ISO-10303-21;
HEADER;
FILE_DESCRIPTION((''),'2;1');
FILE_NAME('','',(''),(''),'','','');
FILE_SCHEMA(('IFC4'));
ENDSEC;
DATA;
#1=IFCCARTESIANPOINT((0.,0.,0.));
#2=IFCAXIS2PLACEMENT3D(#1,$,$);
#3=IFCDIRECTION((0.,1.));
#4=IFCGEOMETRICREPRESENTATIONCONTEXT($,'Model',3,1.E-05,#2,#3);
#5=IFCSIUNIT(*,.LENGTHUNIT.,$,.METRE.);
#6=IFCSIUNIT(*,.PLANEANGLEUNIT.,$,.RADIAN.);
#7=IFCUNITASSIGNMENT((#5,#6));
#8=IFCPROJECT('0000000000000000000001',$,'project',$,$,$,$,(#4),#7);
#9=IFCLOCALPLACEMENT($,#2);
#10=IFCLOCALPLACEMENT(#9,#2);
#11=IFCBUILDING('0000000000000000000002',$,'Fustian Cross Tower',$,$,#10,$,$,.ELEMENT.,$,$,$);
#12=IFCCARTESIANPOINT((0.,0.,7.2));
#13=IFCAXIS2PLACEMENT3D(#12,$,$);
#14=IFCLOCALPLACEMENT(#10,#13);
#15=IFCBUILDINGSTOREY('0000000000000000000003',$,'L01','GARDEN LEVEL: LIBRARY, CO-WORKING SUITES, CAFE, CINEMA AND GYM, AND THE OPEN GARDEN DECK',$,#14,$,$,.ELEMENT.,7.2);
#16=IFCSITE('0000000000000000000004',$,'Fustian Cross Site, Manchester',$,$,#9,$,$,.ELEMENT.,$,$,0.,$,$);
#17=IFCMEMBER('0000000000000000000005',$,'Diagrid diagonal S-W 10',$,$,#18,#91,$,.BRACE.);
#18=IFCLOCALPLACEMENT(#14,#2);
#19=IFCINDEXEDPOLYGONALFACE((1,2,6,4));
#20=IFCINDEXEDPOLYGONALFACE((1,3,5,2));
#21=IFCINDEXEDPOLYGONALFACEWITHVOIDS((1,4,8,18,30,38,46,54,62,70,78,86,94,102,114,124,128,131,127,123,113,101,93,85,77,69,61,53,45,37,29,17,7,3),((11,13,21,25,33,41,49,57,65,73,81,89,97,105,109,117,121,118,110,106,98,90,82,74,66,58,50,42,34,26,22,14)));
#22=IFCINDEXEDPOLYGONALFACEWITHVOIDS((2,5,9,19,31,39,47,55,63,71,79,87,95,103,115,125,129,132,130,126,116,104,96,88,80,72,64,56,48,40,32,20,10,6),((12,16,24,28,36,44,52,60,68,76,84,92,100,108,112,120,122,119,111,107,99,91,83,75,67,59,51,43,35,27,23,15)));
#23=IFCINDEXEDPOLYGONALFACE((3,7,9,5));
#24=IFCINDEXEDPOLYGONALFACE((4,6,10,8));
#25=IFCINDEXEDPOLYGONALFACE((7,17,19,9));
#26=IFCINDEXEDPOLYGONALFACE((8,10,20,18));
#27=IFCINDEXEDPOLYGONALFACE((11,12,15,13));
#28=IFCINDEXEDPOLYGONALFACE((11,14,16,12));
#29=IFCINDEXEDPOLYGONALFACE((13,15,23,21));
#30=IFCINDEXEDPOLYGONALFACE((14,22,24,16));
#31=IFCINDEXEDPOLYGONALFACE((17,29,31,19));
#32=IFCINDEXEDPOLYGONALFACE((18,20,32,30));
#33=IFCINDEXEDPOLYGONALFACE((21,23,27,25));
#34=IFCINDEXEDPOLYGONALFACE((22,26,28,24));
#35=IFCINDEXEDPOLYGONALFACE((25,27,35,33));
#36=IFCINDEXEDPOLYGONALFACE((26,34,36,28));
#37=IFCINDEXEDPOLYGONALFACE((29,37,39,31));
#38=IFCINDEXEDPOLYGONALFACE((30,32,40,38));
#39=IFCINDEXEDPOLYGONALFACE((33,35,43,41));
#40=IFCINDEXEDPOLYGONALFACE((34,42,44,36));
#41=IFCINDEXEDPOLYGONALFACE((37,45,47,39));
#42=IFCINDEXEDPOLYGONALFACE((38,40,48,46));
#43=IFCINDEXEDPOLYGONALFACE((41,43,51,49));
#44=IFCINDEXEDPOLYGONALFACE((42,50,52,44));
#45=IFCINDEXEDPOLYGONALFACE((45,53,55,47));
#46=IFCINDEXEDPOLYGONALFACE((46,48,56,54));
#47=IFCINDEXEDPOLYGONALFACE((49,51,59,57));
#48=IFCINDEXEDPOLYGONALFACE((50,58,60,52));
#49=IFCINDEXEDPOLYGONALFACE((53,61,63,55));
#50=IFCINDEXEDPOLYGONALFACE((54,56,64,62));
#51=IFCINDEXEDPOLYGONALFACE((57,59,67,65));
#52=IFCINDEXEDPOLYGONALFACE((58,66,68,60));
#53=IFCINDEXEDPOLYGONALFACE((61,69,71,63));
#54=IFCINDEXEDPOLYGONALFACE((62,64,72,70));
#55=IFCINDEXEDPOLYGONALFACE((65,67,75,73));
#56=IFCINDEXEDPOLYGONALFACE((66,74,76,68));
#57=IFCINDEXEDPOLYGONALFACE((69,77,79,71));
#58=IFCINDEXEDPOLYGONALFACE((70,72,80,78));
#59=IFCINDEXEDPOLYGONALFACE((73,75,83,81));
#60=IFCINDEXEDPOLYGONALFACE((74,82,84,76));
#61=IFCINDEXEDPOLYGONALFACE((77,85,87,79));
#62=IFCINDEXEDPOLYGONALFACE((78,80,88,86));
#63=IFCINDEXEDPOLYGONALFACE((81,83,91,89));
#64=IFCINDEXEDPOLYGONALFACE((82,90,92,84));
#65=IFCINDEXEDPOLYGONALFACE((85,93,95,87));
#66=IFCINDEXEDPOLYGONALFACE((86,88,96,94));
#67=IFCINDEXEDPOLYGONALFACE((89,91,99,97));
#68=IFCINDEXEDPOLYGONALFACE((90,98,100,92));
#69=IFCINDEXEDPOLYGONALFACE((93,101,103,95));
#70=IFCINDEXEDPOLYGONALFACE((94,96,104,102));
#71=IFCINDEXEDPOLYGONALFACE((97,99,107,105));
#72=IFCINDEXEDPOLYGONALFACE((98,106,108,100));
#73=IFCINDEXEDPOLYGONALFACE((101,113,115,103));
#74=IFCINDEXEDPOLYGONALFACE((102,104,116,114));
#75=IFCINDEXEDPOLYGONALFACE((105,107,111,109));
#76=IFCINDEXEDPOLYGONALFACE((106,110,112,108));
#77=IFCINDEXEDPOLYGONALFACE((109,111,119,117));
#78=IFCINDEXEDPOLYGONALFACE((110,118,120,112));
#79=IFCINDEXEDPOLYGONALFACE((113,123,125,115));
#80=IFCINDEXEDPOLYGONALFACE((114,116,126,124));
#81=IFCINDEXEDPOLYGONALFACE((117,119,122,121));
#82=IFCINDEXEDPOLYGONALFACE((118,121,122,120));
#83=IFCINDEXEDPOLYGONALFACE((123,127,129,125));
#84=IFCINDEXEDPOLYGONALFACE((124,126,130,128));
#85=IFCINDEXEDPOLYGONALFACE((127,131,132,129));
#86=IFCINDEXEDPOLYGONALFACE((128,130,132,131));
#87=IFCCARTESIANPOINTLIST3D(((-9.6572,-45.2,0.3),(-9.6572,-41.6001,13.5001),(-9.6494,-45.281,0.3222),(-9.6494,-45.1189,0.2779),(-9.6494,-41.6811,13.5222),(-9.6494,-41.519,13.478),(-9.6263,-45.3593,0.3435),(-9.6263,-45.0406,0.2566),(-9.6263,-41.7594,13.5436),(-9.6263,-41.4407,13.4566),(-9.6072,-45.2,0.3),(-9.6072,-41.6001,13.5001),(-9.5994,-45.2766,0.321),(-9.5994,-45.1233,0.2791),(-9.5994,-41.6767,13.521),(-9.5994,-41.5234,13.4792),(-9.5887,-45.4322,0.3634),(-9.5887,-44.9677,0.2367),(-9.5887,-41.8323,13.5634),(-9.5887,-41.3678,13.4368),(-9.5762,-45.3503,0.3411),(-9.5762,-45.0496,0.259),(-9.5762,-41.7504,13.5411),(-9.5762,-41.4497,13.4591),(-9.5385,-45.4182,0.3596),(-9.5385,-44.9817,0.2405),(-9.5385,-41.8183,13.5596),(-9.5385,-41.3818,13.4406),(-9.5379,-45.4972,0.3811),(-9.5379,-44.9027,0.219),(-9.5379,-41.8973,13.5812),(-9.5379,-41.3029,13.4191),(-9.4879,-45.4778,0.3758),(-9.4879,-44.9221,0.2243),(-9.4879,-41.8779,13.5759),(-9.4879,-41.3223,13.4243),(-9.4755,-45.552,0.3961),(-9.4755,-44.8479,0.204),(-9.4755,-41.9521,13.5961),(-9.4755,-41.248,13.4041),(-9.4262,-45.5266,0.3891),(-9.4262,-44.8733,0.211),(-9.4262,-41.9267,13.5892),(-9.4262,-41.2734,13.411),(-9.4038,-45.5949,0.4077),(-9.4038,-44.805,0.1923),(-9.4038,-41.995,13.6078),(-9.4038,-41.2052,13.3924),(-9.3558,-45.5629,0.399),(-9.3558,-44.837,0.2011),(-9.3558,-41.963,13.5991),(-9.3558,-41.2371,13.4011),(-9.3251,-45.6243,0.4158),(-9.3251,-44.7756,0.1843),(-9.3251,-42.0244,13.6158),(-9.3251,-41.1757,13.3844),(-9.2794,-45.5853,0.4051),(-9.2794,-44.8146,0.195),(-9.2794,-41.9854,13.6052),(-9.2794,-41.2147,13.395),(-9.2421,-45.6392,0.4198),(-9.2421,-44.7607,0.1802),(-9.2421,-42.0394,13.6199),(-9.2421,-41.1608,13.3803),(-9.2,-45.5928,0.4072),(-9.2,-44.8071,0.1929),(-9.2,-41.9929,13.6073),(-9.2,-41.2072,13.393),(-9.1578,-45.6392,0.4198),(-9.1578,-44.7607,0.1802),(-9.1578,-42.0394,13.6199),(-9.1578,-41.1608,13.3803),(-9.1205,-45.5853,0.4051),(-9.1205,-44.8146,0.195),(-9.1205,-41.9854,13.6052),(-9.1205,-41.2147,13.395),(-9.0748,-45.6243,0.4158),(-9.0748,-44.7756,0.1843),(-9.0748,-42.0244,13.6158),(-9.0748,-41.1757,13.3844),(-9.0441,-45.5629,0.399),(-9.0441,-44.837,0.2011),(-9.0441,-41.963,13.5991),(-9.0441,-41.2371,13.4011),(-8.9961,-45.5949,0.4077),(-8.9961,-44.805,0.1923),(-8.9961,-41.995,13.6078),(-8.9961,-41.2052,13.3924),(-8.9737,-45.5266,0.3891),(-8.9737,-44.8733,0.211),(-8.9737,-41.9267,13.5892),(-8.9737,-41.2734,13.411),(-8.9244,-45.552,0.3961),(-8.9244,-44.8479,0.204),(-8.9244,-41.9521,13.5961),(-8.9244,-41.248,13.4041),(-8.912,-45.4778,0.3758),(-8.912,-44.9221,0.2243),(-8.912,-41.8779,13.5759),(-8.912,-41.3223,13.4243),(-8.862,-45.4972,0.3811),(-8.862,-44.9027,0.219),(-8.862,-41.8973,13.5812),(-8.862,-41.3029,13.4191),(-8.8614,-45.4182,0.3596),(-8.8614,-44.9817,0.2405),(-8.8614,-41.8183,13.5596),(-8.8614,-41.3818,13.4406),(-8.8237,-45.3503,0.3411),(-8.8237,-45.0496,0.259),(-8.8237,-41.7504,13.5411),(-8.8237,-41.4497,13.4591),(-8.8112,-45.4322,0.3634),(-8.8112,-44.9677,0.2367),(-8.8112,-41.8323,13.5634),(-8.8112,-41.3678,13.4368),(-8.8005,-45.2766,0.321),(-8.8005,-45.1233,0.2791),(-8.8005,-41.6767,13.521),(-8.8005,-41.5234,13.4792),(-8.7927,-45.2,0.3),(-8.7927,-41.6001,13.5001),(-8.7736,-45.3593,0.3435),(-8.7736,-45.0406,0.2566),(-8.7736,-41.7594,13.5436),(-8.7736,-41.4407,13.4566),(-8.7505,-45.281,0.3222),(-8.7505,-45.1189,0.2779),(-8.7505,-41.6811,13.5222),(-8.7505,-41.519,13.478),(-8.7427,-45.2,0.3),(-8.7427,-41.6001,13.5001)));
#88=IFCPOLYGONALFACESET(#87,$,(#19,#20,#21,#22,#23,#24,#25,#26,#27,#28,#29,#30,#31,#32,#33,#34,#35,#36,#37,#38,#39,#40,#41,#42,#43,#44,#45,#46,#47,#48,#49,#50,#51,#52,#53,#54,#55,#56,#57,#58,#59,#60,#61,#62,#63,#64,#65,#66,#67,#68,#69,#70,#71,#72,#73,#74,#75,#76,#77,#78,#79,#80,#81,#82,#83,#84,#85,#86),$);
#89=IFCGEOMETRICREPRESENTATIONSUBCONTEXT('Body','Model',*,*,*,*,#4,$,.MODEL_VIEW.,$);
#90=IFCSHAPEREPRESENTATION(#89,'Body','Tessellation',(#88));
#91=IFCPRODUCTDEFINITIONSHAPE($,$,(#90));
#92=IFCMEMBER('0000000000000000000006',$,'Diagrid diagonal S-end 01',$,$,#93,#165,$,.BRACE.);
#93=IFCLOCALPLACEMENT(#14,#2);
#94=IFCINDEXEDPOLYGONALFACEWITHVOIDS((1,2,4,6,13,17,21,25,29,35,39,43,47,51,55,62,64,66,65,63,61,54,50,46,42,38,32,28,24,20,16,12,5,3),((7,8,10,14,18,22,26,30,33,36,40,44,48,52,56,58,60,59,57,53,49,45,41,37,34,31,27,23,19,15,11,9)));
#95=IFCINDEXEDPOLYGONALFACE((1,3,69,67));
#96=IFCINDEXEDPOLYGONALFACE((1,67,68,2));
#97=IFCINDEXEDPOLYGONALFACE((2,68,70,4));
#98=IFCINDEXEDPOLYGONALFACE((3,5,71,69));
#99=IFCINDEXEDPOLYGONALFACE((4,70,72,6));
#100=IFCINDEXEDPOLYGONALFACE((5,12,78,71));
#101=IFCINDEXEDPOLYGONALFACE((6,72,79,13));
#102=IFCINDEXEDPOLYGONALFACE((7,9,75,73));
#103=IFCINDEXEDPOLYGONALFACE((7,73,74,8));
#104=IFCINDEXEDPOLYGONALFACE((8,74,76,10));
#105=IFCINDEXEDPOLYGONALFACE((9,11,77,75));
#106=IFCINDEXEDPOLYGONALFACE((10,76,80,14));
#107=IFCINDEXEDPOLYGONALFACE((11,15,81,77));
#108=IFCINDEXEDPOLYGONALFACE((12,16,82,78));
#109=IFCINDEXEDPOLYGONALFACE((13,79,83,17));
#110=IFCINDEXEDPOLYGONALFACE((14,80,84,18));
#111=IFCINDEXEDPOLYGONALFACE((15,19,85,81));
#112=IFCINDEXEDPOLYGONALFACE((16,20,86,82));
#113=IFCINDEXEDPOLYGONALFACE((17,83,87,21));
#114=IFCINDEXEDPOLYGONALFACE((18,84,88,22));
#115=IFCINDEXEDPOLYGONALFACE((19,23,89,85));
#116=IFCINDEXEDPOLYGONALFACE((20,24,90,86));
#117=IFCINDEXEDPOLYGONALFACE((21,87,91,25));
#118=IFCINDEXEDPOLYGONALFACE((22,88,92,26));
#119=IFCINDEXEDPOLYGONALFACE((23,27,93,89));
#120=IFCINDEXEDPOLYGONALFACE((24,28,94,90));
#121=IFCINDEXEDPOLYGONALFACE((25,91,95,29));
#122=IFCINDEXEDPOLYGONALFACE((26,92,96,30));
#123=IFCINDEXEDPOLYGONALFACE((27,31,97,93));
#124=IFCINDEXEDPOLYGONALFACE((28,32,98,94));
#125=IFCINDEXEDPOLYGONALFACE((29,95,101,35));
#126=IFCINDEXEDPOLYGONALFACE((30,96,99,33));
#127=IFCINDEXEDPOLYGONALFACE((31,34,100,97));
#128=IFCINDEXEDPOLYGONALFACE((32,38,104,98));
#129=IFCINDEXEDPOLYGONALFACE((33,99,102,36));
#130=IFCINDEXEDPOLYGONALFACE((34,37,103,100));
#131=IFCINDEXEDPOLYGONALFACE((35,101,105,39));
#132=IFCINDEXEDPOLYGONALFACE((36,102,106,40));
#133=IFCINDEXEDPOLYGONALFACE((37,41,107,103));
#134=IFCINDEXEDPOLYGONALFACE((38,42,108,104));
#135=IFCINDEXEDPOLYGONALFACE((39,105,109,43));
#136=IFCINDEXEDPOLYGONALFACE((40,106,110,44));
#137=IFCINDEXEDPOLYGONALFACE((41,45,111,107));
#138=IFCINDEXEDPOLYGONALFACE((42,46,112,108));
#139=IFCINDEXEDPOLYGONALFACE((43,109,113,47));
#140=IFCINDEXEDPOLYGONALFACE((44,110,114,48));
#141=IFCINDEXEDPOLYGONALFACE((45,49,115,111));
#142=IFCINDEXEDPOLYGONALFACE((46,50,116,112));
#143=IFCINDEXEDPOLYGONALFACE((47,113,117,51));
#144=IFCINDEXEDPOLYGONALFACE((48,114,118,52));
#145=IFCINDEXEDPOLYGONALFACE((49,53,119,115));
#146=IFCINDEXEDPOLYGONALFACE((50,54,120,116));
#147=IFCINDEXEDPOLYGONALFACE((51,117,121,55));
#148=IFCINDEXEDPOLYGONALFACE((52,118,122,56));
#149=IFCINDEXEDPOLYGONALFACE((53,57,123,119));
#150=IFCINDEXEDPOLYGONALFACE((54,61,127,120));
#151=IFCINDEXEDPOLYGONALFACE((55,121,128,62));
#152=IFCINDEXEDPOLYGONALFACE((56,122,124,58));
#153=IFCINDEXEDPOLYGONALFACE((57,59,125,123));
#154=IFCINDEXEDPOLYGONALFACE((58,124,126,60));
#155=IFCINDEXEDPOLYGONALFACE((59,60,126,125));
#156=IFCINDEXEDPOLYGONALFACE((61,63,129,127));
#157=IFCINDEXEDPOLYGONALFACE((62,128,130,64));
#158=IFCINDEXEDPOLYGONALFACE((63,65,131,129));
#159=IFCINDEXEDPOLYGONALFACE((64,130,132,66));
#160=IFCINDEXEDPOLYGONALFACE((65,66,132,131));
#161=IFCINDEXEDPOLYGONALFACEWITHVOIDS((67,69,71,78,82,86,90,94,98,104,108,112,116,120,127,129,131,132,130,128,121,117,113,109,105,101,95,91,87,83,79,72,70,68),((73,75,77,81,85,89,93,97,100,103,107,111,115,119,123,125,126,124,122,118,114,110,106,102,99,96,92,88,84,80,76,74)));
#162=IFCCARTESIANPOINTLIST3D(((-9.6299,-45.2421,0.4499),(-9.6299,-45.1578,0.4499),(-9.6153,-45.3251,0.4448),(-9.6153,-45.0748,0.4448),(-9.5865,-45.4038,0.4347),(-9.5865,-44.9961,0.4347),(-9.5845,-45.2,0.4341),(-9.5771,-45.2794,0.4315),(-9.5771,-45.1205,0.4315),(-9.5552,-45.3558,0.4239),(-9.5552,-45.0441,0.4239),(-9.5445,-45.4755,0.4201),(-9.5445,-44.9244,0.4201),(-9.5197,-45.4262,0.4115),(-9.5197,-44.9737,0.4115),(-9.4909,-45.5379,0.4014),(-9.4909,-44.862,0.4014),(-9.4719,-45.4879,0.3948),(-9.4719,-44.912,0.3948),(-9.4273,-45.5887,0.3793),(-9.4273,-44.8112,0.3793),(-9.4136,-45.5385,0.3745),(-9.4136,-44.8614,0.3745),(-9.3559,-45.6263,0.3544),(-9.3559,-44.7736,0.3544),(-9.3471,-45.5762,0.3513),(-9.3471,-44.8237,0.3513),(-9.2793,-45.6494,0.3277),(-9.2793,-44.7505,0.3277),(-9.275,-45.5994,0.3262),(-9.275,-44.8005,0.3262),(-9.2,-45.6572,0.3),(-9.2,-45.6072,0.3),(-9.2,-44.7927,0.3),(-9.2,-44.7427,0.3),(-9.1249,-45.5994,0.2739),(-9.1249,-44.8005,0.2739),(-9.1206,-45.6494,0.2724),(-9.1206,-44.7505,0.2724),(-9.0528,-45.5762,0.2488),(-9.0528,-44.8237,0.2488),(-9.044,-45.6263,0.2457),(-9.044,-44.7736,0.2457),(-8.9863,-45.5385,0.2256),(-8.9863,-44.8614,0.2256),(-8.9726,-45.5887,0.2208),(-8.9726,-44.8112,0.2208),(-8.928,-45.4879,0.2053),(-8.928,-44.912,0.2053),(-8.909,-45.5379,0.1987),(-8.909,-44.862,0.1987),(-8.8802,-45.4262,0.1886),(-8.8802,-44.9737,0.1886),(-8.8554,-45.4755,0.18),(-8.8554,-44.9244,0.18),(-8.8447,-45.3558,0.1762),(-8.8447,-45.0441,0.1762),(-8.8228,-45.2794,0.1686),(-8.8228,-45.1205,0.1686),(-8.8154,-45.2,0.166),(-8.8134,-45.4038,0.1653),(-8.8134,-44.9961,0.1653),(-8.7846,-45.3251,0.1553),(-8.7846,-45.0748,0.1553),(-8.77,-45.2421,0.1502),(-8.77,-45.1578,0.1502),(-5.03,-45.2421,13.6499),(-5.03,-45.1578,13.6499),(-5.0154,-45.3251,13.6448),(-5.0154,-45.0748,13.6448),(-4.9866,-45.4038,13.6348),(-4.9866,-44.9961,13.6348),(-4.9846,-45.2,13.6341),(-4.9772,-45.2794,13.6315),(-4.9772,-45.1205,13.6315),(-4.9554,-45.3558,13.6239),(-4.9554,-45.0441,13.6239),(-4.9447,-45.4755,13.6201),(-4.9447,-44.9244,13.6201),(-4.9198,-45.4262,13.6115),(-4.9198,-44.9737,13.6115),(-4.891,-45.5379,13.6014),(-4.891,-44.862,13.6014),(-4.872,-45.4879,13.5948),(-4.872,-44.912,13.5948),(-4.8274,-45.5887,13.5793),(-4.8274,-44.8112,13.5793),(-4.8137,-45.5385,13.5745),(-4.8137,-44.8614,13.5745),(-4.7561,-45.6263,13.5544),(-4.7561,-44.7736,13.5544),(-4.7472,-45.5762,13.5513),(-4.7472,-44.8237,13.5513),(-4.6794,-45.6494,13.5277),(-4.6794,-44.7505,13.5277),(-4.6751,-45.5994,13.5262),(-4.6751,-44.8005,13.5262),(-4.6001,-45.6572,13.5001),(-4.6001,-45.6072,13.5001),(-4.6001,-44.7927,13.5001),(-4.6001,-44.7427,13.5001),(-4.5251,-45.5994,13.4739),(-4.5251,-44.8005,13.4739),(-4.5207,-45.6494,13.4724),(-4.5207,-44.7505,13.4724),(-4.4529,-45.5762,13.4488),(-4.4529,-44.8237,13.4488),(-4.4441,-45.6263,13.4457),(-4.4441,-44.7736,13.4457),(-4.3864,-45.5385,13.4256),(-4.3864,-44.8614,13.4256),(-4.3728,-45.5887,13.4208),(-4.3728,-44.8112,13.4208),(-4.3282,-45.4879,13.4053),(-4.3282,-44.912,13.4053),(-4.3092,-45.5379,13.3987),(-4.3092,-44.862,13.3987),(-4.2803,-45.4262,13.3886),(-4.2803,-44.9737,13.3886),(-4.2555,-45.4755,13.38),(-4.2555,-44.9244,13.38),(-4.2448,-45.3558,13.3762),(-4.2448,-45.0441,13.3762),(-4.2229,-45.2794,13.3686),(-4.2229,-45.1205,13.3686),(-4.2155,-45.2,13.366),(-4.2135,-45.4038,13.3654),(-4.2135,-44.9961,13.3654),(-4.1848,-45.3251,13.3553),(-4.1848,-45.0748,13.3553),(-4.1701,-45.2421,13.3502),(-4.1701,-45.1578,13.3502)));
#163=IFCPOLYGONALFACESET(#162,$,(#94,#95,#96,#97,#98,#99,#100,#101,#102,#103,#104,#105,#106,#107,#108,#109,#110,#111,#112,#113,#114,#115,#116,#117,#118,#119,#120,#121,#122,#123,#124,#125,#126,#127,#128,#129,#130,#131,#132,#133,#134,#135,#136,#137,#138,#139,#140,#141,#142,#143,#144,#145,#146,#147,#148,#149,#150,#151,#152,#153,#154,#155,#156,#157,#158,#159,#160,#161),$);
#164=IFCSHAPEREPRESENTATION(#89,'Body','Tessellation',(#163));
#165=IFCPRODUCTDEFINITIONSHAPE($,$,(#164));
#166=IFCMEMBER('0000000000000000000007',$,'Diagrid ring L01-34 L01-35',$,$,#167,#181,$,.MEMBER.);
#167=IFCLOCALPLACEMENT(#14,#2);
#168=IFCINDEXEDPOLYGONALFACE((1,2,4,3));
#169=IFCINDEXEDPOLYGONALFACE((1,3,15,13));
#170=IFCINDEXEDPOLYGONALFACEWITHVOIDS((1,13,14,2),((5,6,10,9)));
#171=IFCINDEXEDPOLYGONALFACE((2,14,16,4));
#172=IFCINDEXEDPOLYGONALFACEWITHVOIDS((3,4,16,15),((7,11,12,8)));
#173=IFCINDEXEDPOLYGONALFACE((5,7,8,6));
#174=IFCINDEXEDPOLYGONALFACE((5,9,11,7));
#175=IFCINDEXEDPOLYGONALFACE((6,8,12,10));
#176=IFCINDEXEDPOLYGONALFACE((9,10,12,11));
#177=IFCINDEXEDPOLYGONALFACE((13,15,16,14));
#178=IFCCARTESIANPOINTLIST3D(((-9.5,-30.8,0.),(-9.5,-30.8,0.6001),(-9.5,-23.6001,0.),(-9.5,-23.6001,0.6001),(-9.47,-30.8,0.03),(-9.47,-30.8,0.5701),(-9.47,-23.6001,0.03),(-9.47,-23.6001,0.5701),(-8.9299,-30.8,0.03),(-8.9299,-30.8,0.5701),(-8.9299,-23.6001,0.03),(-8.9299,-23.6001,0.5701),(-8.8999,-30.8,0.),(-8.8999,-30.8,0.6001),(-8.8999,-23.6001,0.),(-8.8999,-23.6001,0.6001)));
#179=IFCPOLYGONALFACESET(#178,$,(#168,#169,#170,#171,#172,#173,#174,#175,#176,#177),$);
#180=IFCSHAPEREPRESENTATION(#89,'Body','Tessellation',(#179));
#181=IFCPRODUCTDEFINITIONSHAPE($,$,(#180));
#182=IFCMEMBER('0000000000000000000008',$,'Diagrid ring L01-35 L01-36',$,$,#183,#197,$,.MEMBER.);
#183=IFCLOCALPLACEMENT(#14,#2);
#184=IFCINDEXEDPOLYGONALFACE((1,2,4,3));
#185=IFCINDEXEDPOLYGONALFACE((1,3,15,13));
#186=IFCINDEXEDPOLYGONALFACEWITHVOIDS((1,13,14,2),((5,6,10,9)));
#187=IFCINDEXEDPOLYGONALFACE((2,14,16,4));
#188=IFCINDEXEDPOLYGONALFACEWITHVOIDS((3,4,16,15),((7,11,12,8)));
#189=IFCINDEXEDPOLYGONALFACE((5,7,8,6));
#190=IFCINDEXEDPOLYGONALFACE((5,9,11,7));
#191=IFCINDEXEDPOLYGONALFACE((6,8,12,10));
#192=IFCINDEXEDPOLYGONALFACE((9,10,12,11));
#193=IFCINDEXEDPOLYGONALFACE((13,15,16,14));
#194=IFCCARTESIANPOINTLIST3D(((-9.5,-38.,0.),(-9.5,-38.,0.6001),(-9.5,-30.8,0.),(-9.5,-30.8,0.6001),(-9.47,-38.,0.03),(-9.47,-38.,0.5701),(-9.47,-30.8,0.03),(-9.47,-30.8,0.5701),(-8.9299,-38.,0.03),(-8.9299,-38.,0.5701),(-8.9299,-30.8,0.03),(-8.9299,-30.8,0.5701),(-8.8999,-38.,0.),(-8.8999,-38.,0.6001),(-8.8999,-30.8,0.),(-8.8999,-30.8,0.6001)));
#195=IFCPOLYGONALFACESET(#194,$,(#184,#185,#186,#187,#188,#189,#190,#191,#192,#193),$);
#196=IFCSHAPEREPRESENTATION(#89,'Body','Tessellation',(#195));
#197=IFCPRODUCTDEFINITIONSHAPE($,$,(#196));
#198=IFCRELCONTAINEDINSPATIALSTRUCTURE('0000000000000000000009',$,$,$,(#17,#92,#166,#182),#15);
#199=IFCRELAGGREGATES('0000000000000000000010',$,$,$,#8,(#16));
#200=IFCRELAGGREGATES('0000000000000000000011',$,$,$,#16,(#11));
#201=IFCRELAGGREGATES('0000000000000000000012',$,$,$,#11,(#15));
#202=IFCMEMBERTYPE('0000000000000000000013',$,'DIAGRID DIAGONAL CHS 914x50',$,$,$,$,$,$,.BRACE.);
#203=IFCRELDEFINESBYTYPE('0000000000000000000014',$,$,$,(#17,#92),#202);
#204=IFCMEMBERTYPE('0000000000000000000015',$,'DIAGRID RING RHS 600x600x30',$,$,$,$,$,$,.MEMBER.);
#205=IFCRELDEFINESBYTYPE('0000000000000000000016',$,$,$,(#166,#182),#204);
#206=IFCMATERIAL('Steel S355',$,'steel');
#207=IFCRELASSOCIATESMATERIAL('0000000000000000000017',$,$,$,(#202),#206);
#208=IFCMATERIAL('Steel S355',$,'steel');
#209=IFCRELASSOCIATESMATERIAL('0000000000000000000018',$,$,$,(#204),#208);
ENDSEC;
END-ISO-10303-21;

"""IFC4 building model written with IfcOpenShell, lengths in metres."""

from ifc_helpers import new_model, si_unit, direction, frame, origin, origin_2d, place, context, subcontext, project, spatial, hollow_rectangle, hollow_circle, extrude, material, material_profile, profile_set, type_object, element, save


model = new_model("IFC4")

# Units and contexts
model_context = context("Model", 3, precision=1e-05, world=origin(), true_north=direction((0.0, 1.0)))
body_context = subcontext(model_context, "Body", "Model", "MODEL_VIEW")
ifc_project = project(units=[si_unit("LENGTHUNIT", "METRE"), si_unit("PLANEANGLEUNIT", "RADIAN")], contexts=[model_context])

# Site, building, storey
site_placement = place(None, origin())
site = spatial("IfcSite", under=ifc_project, at=site_placement, Name="Fustian Cross Site, Manchester", CompositionType="ELEMENT", RefElevation=0.0)
building_placement = place(site_placement, origin())
building = spatial("IfcBuilding", under=site, at=building_placement, Name="Fustian Cross Tower", CompositionType="ELEMENT")
storey_placement = place(building_placement, frame((0.0, 0.0, 7.2)))
storey = spatial("IfcBuildingStorey", under=building, at=storey_placement, Name="L01", Description="GARDEN LEVEL: LIBRARY, CO-WORKING SUITES, CAFE, CINEMA AND GYM, AND THE OPEN GARDEN DECK", CompositionType="ELEMENT", Elevation=7.2)

# Members
ifc_material_1 = material(Name="Steel S355", Category="steel")
ifc_material_profile_1 = material_profile(ifc_material_1, hollow_circle(Radius=0.4573, WallThickness=0.05, at=origin_2d()), Name="CHS 914x50")
ifc_profile_set_1 = profile_set([ifc_material_profile_1], Name="Steel S355")
member_type_1 = type_object("IfcMemberType", Name="DIAGRID DIAGONAL CHS 914x50", PredefinedType="BRACE", material=ifc_profile_set_1)
member_1_placement = place(storey_placement, frame((-9.2, -45.2, 0.3), z_axis=(0.0, 0.263108, 0.964766), x_axis=(-1.0, 0.0, 0.0)))
element("IfcMember", 1, at=member_1_placement, inside=storey, type_object=member_type_1, Name="Diagrid diagonal S-W 10", PredefinedType="BRACE", context=body_context, shape_type="SweptSolid", body=[
    extrude(hollow_circle(Radius=0.4573, WallThickness=0.05, at=origin_2d()), origin(), (0.0, 0.0, 1.0), 13.6821),
])
member_2_placement = place(storey_placement, frame((-9.2, -45.2, 0.3), z_axis=(0.329067, 0.0, 0.944306), x_axis=(0.0, 1.0, 0.0)))
element("IfcMember", 2, at=member_2_placement, inside=storey, type_object=member_type_1, Name="Diagrid diagonal S-end 01", PredefinedType="BRACE", context=body_context, shape_type="SweptSolid", body=[
    extrude(hollow_circle(Radius=0.4573, WallThickness=0.05, at=origin_2d()), origin(), (0.0, 0.0, 1.0), 13.9785),
])
ifc_material_2 = material(Name="Steel S355", Category="steel")
ifc_material_profile_2 = material_profile(ifc_material_2, hollow_rectangle(XDim=0.6001, YDim=0.6001, WallThickness=0.03, at=origin_2d()), Name="RHS 600x600x30")
ifc_profile_set_2 = profile_set([ifc_material_profile_2], Name="Steel S355")
member_type_2 = type_object("IfcMemberType", Name="DIAGRID RING RHS 600x600x30", PredefinedType="MEMBER", material=ifc_profile_set_2)
for number, where, z_axis, x_axis, name in (
    (3, (-9.2, -23.6001, 0.3), (0.0, -1.0, 0.0), (1.0, 0.0, 0.0), "Diagrid ring L01-34 L01-35"),
    (4, (-9.2, -30.8, 0.3), (0.0, -1.0, 0.0), (1.0, 0.0, 0.0), "Diagrid ring L01-35 L01-36"),
):
    element("IfcMember", number, at=place(storey_placement, frame(where, z_axis=z_axis, x_axis=x_axis)), inside=storey, type_object=member_type_2, Name=name, PredefinedType="MEMBER", context=body_context, shape_type="SweptSolid", body=[
        extrude(hollow_rectangle(XDim=0.6001, YDim=0.6001, WallThickness=0.03, at=origin_2d()), origin(), (0.0, 0.0, 1.0), 7.2),
    ])

save(model, "model.ifc")
